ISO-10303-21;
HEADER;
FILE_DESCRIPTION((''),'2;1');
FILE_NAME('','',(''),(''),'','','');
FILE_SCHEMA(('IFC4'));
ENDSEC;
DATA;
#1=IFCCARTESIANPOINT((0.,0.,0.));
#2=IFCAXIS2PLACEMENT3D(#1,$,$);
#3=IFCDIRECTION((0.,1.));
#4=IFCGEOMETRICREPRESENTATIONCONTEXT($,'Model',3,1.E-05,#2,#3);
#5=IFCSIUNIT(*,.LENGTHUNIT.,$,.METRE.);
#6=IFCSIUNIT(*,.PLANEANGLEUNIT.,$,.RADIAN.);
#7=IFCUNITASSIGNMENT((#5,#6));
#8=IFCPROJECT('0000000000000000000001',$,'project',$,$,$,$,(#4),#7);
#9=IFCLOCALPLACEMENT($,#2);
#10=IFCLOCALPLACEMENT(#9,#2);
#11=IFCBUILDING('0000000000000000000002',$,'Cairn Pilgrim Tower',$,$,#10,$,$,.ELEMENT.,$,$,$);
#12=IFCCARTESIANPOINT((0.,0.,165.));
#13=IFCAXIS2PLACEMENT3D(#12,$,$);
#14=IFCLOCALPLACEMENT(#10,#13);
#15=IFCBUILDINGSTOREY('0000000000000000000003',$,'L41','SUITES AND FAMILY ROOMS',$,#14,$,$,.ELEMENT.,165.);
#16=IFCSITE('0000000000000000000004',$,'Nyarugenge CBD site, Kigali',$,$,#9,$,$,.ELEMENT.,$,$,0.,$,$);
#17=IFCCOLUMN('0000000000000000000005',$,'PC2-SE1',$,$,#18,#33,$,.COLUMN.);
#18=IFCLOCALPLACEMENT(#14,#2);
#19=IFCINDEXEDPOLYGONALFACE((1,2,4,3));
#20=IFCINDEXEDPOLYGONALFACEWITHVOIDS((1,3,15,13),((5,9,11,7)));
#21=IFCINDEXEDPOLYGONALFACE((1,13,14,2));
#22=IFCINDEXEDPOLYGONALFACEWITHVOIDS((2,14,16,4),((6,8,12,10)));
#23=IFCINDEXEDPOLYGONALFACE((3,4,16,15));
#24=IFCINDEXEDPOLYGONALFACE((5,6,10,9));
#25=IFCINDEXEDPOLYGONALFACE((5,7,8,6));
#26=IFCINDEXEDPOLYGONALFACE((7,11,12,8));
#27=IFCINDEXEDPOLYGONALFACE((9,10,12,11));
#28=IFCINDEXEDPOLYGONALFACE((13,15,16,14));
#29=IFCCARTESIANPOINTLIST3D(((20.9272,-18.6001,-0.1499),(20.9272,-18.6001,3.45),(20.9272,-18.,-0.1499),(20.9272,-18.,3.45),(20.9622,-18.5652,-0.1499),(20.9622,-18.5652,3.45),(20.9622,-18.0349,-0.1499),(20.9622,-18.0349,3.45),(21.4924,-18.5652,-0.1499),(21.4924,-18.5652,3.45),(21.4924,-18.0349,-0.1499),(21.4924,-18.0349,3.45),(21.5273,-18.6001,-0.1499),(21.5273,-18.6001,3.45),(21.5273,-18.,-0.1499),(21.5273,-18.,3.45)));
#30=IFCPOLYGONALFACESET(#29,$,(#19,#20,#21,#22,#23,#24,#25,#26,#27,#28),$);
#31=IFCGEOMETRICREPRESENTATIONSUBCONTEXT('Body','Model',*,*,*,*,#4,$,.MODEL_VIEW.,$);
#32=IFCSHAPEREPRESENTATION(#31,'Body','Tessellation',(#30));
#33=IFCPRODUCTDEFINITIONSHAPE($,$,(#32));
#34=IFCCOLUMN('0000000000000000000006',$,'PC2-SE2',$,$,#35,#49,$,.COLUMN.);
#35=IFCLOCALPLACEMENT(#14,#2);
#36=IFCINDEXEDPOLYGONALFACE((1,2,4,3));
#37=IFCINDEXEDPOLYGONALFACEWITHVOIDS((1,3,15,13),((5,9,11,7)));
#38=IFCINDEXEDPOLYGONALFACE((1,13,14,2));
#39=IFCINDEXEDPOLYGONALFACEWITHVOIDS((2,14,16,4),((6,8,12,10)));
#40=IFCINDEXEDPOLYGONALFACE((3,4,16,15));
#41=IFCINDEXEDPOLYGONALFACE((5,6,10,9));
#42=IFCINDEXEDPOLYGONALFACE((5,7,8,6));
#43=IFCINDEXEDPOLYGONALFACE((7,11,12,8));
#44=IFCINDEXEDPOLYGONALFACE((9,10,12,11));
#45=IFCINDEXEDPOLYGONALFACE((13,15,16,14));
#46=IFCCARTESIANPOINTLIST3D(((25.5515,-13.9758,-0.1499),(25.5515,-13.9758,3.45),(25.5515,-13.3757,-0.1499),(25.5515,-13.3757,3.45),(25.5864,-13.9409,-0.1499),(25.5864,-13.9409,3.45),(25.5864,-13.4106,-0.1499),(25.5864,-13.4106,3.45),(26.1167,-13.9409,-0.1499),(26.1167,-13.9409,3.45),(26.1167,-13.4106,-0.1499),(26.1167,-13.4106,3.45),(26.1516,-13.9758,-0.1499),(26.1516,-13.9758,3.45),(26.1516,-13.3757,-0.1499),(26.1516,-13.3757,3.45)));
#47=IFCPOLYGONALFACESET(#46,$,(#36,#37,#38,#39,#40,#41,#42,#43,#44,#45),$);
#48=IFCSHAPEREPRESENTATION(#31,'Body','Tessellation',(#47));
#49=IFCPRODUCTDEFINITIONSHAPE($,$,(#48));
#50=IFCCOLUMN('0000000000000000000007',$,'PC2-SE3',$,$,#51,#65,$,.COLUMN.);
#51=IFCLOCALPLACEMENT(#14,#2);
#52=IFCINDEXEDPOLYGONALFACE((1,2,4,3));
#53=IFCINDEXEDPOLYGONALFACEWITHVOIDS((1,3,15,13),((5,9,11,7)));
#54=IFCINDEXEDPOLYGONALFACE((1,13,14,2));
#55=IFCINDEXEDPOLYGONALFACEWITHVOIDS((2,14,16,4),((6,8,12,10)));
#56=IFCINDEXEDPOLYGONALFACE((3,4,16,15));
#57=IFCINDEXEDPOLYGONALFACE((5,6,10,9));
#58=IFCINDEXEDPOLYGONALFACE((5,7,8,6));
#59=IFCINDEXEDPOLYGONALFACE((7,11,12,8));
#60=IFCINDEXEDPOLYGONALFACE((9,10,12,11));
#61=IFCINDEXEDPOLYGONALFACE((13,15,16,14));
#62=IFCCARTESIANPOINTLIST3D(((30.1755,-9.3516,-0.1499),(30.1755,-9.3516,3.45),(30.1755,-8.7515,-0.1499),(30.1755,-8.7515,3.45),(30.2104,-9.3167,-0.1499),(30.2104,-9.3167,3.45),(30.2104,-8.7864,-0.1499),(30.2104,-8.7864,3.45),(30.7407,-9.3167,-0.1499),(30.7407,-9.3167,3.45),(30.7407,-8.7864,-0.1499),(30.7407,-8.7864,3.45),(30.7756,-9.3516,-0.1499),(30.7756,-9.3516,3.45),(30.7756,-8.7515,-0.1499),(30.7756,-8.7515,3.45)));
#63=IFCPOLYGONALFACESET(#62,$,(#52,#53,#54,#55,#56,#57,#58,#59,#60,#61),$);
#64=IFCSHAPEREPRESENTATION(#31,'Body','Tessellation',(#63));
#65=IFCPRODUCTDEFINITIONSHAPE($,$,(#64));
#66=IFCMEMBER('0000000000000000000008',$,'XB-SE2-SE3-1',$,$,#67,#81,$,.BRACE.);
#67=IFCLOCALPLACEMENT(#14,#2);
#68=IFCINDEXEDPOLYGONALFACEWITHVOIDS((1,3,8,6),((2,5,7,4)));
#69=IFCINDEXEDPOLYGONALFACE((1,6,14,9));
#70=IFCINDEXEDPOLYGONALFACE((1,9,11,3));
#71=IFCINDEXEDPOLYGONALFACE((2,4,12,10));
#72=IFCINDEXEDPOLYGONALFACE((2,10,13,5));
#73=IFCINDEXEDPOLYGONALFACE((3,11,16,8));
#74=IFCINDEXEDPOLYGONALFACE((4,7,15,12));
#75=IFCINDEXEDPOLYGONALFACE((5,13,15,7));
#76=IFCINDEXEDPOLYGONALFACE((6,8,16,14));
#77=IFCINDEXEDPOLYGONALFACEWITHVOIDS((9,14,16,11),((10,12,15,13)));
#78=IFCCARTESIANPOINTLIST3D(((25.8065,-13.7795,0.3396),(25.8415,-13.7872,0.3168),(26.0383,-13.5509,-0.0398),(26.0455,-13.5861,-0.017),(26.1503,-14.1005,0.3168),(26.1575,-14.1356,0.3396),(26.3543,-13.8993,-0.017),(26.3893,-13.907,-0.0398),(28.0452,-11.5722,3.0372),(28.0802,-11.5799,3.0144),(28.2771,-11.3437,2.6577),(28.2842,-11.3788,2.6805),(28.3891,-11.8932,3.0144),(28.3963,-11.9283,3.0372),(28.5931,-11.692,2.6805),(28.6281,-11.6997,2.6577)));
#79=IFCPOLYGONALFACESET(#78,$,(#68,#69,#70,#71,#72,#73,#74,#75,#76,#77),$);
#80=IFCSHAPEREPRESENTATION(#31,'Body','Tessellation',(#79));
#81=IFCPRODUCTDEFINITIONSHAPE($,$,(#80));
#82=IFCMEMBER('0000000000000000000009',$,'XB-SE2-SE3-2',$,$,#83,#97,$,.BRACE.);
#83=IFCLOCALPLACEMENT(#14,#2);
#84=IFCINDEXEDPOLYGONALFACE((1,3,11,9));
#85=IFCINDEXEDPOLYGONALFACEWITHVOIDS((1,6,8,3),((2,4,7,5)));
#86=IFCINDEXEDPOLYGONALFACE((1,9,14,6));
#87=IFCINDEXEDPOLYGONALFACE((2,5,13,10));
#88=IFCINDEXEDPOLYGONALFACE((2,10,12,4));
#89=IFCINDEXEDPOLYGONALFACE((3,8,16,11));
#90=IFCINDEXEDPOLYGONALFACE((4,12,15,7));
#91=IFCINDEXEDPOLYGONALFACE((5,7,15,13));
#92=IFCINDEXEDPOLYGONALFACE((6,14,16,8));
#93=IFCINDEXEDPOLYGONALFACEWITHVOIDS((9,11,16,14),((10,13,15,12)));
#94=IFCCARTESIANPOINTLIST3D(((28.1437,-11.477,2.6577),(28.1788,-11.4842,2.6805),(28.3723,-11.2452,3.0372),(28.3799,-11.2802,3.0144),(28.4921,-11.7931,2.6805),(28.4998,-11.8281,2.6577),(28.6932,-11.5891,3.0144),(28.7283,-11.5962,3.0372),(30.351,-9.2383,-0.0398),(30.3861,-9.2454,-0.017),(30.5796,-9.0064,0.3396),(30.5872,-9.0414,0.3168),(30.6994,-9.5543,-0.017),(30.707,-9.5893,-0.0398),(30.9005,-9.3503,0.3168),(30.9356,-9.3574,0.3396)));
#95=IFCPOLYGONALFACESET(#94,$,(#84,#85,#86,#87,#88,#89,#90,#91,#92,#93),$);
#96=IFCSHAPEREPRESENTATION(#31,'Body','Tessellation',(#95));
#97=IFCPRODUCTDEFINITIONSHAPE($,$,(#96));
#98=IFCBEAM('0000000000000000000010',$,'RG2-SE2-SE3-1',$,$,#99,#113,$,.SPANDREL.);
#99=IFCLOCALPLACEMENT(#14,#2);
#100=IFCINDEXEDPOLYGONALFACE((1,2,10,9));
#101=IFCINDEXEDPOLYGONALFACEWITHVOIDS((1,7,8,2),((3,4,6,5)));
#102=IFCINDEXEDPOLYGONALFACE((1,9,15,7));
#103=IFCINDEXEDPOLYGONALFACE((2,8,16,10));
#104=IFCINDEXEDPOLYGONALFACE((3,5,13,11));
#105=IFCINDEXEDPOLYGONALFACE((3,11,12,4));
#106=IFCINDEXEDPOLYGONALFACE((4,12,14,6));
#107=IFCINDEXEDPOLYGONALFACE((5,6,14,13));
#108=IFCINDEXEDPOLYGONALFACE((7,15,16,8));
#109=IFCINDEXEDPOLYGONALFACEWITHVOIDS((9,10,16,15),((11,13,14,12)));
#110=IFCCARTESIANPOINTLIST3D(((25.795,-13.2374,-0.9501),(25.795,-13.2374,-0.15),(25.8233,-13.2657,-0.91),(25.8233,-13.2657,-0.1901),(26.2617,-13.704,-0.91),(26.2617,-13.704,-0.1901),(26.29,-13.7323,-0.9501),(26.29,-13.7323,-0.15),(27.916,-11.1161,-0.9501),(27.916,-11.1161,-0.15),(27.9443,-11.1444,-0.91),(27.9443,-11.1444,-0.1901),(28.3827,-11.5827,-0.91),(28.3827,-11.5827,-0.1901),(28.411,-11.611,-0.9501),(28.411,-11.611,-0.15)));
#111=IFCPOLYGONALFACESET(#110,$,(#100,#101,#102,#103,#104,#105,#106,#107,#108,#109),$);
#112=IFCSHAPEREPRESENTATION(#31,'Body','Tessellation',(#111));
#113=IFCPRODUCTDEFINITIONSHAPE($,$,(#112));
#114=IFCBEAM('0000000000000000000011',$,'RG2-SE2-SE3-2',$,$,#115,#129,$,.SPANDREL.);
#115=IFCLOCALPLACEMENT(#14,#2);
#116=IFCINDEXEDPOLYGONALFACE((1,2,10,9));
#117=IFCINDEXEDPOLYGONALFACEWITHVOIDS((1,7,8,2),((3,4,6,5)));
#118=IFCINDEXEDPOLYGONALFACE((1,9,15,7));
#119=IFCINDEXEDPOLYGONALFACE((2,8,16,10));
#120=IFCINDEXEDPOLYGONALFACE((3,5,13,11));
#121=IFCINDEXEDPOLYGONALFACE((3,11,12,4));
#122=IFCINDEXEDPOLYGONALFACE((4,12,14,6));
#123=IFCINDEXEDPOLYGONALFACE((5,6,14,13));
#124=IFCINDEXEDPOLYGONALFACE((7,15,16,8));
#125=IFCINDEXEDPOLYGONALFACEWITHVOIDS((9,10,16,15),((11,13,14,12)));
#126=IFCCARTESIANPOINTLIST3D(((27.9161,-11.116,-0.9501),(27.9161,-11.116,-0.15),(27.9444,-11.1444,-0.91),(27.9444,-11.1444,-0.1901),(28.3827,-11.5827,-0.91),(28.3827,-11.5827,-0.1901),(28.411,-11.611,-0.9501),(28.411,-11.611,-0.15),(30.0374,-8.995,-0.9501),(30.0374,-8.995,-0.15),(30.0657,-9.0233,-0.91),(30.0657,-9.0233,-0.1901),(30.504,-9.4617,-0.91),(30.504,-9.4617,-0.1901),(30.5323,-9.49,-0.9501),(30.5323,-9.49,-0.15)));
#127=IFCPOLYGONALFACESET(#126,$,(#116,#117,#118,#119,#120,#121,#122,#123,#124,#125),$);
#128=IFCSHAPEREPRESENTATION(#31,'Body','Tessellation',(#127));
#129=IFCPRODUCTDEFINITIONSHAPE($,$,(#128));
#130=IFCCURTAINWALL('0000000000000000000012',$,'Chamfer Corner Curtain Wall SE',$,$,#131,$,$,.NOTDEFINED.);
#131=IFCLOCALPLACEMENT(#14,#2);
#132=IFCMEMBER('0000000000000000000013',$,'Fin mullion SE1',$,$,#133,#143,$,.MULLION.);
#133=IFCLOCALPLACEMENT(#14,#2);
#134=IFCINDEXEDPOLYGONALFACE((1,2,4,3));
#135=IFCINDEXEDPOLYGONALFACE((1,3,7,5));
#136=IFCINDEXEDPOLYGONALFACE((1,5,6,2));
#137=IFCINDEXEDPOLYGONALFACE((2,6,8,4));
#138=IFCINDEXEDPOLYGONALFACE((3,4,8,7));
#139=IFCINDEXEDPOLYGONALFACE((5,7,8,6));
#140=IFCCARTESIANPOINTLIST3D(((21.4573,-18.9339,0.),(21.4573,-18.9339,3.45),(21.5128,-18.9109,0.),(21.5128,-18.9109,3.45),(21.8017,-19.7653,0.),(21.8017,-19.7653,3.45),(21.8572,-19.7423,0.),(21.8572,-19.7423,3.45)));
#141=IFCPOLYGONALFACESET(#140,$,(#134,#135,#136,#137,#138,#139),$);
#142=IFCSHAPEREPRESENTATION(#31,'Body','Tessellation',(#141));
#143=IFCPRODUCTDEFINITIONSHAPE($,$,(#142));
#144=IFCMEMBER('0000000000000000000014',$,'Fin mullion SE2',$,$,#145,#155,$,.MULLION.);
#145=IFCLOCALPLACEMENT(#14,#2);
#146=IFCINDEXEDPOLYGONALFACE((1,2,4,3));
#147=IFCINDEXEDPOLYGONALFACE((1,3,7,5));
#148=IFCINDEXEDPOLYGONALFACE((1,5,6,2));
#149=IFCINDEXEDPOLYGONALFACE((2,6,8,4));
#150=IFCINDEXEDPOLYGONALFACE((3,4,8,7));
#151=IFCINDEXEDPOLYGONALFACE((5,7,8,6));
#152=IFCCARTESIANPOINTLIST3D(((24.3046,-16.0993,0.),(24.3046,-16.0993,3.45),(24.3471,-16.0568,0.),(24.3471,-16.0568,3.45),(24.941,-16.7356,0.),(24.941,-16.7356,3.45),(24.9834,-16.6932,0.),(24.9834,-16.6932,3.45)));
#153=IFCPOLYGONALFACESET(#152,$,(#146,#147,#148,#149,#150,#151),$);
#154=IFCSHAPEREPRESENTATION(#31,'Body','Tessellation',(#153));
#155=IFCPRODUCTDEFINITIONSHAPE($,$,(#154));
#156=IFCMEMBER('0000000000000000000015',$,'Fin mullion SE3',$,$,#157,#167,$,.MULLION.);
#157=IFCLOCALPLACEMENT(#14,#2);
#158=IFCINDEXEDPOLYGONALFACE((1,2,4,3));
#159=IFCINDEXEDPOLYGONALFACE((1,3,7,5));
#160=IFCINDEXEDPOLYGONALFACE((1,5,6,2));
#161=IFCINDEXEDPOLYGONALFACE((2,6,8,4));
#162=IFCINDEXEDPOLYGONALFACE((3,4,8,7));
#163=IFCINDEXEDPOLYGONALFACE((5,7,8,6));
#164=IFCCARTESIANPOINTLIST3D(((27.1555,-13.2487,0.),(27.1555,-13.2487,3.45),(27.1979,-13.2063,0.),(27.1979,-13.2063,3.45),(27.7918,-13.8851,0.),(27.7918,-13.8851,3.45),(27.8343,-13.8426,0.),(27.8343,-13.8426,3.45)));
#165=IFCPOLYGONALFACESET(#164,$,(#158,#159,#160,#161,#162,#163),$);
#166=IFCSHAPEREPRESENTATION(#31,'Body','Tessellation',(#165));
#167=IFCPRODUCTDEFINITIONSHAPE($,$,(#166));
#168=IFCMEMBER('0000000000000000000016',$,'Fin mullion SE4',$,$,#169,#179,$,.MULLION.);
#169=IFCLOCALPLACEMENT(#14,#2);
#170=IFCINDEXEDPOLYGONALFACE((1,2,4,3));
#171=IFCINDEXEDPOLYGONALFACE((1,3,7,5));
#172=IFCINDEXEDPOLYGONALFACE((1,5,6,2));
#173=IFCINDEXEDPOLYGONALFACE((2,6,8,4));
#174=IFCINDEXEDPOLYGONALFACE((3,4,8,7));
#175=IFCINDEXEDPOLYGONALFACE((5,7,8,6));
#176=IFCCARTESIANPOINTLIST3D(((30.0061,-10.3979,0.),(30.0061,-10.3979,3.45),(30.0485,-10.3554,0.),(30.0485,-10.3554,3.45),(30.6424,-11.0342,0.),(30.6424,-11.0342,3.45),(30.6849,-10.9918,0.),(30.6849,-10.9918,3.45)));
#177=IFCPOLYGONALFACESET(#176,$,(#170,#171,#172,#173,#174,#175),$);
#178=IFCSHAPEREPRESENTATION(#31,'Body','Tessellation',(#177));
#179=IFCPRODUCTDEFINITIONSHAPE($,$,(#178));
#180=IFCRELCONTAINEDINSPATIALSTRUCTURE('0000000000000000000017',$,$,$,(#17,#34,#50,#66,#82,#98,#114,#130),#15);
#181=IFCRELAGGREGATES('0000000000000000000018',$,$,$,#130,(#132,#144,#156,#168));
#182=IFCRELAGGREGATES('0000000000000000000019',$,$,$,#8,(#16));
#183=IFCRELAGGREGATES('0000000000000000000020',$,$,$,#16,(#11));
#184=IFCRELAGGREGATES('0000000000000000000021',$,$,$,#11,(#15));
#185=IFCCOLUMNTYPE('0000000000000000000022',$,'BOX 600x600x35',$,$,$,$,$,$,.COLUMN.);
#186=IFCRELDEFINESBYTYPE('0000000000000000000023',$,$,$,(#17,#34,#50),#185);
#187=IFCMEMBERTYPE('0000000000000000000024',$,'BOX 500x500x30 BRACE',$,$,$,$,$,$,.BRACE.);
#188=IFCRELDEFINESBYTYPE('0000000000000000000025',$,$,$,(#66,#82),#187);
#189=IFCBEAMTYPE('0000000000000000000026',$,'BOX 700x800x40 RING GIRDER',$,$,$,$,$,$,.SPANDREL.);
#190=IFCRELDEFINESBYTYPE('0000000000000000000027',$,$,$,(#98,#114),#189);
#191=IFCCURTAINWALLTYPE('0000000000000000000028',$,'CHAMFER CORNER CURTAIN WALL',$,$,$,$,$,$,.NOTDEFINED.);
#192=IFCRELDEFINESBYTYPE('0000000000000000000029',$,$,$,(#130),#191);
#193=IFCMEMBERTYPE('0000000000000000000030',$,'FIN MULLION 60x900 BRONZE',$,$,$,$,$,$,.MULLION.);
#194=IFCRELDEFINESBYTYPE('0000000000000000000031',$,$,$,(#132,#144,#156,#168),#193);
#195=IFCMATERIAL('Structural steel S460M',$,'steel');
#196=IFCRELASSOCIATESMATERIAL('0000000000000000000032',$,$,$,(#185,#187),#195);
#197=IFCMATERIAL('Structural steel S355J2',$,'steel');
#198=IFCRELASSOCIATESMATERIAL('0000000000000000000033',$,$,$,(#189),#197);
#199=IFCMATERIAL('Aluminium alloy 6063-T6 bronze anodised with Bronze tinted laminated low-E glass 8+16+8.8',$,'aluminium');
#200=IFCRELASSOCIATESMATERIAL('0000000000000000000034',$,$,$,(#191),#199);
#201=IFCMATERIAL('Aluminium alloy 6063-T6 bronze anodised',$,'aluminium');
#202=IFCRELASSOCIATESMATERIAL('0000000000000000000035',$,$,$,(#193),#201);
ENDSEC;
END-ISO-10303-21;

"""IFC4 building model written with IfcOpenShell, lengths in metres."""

from ifc_helpers import new_model, si_unit, direction, frame, origin, origin_2d, place, context, subcontext, project, spatial, rectangle, hollow_rectangle, extrude, material, material_profile, profile_set, type_object, element, aggregate, save


model = new_model("IFC4")

# Units and contexts
model_context = context("Model", 3, precision=1e-05, world=origin(), true_north=direction((0.0, 1.0)))
body_context = subcontext(model_context, "Body", "Model", "MODEL_VIEW")
ifc_project = project(units=[si_unit("LENGTHUNIT", "METRE"), si_unit("PLANEANGLEUNIT", "RADIAN")], contexts=[model_context])

# Site, building, storey
site_placement = place(None, origin())
site = spatial("IfcSite", under=ifc_project, at=site_placement, Name="Nyarugenge CBD site, Kigali", CompositionType="ELEMENT", RefElevation=0.0)
building_placement = place(site_placement, origin())
building = spatial("IfcBuilding", under=site, at=building_placement, Name="Cairn Pilgrim Tower", CompositionType="ELEMENT")
storey_placement = place(building_placement, frame((0.0, 0.0, 165.0)))
storey = spatial("IfcBuildingStorey", under=building, at=storey_placement, Name="L41", Description="SUITES AND FAMILY ROOMS", CompositionType="ELEMENT", Elevation=165.0)

# Columns
ifc_material_1 = material(Name="Structural steel S460M", Category="steel")
ifc_material_profile_1 = material_profile(ifc_material_1, hollow_rectangle(XDim=0.6001, YDim=0.6001, WallThickness=0.0349, at=origin_2d()), Name="BOX 600x600x35")
ifc_profile_set_1 = profile_set([ifc_material_profile_1], Name="Structural steel S460M")
column_type = type_object("IfcColumnType", Name="BOX 600x600x35", PredefinedType="COLUMN", material=ifc_profile_set_1)
for number, where, z_axis, x_axis, name in (
    (1, (21.2273, -18.3, -0.1499), (0.0, 0.0, 1.0), (1.0, 0.0, 0.0), "PC2-SE1"),
    (2, (25.8516, -13.6758, -0.1499), (0.0, 0.0, 1.0), (1.0, 0.0, 0.0), "PC2-SE2"),
    (3, (30.4756, -9.0515, -0.1499), (0.0, 0.0, 1.0), (1.0, 0.0, 0.0), "PC2-SE3"),
):
    element("IfcColumn", number, at=place(storey_placement, frame(where, z_axis=z_axis, x_axis=x_axis)), inside=storey, type_object=column_type, Name=name, PredefinedType="COLUMN", context=body_context, shape_type="SweptSolid", body=[
        extrude(hollow_rectangle(XDim=0.6001, YDim=0.6001, WallThickness=0.0349, at=origin_2d()), origin(), (0.0, 0.0, 1.0), 3.5999),
    ])

# Members
ifc_material_profile_2 = material_profile(ifc_material_1, hollow_rectangle(XDim=0.5, YDim=0.5, WallThickness=0.03, at=origin_2d()), Name="BOX 500x500x30")
ifc_profile_set_2 = profile_set([ifc_material_profile_2], Name="Structural steel S460M")
member_type_1 = type_object("IfcMemberType", Name="BOX 500x500x30 BRACE", PredefinedType="BRACE", material=ifc_profile_set_2)
for number, where, z_axis, x_axis, name in (
    (4, (26.0979, -13.8433, 0.1499), (0.540433, 0.53283, 0.651171), (-0.70208, 0.712098, 0.0), "XB-SE2-SE3-1"),
    (5, (30.6433, -9.2979, 0.1499), (-0.53283, -0.540433, 0.651171), (0.712098, -0.70208, 0.0), "XB-SE2-SE3-2"),
):
    element("IfcMember", number, at=place(storey_placement, frame(where, z_axis=z_axis, x_axis=x_axis)), inside=storey, type_object=member_type_1, Name=name, PredefinedType="BRACE", context=body_context, shape_type="SweptSolid", body=[
        extrude(hollow_rectangle(XDim=0.5, YDim=0.5, WallThickness=0.03, at=origin_2d()), origin(), (0.0, 0.0, 1.0), 4.1426),
    ])

# Beams
ifc_material_2 = material(Name="Structural steel S355J2", Category="steel")
ifc_material_profile_3 = material_profile(ifc_material_2, hollow_rectangle(XDim=0.7, YDim=0.8, WallThickness=0.04, at=origin_2d()), Name="BOX 700x800x40")
ifc_profile_set_3 = profile_set([ifc_material_profile_3], Name="Structural steel S355J2")
beam_type_1 = type_object("IfcBeamType", Name="BOX 700x800x40 RING GIRDER", PredefinedType="SPANDREL", material=ifc_profile_set_3)
for number, where, z_axis, x_axis, name in (
    (6, (26.0425, -13.4849, -0.55), (0.707066, 0.707147, 0.0), (-0.707147, 0.707066, 0.0), "RG2-SE2-SE3-1"),
    (7, (28.1636, -11.3635, -0.55), (0.707147, 0.707066, 0.0), (-0.707066, 0.707147, 0.0), "RG2-SE2-SE3-2"),
):
    element("IfcBeam", number, at=place(storey_placement, frame(where, z_axis=z_axis, x_axis=x_axis)), inside=storey, type_object=beam_type_1, Name=name, PredefinedType="SPANDREL", context=body_context, shape_type="SweptSolid", body=[
        extrude(hollow_rectangle(XDim=0.7, YDim=0.8, WallThickness=0.04, at=origin_2d()), origin(), (0.0, 0.0, 1.0), 2.9998),
    ])

# Curtain wall, members
ifc_material_3 = material(Name="Aluminium alloy 6063-T6 bronze anodised with Bronze tinted laminated low-E glass 8+16+8.8", Category="aluminium")
curtain_wall_type = type_object("IfcCurtainWallType", Name="CHAMFER CORNER CURTAIN WALL", PredefinedType="NOTDEFINED", material=ifc_material_3)
curtain_wall_placement = place(storey_placement, origin())
curtain_wall = element("IfcCurtainWall", 8, at=curtain_wall_placement, inside=storey, type_object=curtain_wall_type, Name="Chamfer Corner Curtain Wall SE", PredefinedType="NOTDEFINED")
ifc_material_4 = material(Name="Aluminium alloy 6063-T6 bronze anodised", Category="aluminium")
ifc_material_profile_4 = material_profile(ifc_material_4, rectangle(XDim=0.8999, YDim=0.0601, at=origin_2d()), Name="FIN MULLION 60x900 BRONZE")
ifc_profile_set_4 = profile_set([ifc_material_profile_4], Name="Aluminium alloy 6063-T6 bronze anodised")
member_type_2 = type_object("IfcMemberType", Name="FIN MULLION 60x900 BRONZE", PredefinedType="MULLION", material=ifc_profile_set_4)
member_1_placement = place(storey_placement, frame((21.6572, -19.3381, 0.0), z_axis=(0.0, 0.0, 1.0), x_axis=(0.382683, -0.92388, 0.0)))
member_1 = element("IfcMember", 9, at=member_1_placement, type_object=member_type_2, Name="Fin mullion SE1", PredefinedType="MULLION", context=body_context, shape_type="SweptSolid", body=[
    extrude(rectangle(XDim=0.8999, YDim=0.0601, at=origin_2d()), origin(), (0.0, 0.0, 1.0), 3.45),
])
member_2_placement = place(storey_placement, frame((24.644, -16.3962, 0.0), z_axis=(0.0, 0.0, 1.0), x_axis=(0.707107, -0.707107, 0.0)))
member_2 = element("IfcMember", 10, at=member_2_placement, type_object=member_type_2, Name="Fin mullion SE2", PredefinedType="MULLION", context=body_context, shape_type="SweptSolid", body=[
    extrude(rectangle(XDim=0.8999, YDim=0.0601, at=origin_2d()), origin(), (0.0, 0.0, 1.0), 3.45),
])
member_3_placement = place(storey_placement, frame((27.4949, -13.5457, 0.0), z_axis=(0.0, 0.0, 1.0), x_axis=(0.707107, -0.707107, 0.0)))
member_3 = element("IfcMember", 11, at=member_3_placement, type_object=member_type_2, Name="Fin mullion SE3", PredefinedType="MULLION", context=body_context, shape_type="SweptSolid", body=[
    extrude(rectangle(XDim=0.8999, YDim=0.0601, at=origin_2d()), origin(), (0.0, 0.0, 1.0), 3.45),
])
member_4_placement = place(storey_placement, frame((30.3455, -10.6948, 0.0), z_axis=(0.0, 0.0, 1.0), x_axis=(0.707107, -0.707107, 0.0)))
member_4 = element("IfcMember", 12, at=member_4_placement, type_object=member_type_2, Name="Fin mullion SE4", PredefinedType="MULLION", context=body_context, shape_type="SweptSolid", body=[
    extrude(rectangle(XDim=0.8999, YDim=0.0601, at=origin_2d()), origin(), (0.0, 0.0, 1.0), 3.45),
])

aggregate(curtain_wall, [member_1, member_2, member_3, member_4])

save(model, "model.ifc")
